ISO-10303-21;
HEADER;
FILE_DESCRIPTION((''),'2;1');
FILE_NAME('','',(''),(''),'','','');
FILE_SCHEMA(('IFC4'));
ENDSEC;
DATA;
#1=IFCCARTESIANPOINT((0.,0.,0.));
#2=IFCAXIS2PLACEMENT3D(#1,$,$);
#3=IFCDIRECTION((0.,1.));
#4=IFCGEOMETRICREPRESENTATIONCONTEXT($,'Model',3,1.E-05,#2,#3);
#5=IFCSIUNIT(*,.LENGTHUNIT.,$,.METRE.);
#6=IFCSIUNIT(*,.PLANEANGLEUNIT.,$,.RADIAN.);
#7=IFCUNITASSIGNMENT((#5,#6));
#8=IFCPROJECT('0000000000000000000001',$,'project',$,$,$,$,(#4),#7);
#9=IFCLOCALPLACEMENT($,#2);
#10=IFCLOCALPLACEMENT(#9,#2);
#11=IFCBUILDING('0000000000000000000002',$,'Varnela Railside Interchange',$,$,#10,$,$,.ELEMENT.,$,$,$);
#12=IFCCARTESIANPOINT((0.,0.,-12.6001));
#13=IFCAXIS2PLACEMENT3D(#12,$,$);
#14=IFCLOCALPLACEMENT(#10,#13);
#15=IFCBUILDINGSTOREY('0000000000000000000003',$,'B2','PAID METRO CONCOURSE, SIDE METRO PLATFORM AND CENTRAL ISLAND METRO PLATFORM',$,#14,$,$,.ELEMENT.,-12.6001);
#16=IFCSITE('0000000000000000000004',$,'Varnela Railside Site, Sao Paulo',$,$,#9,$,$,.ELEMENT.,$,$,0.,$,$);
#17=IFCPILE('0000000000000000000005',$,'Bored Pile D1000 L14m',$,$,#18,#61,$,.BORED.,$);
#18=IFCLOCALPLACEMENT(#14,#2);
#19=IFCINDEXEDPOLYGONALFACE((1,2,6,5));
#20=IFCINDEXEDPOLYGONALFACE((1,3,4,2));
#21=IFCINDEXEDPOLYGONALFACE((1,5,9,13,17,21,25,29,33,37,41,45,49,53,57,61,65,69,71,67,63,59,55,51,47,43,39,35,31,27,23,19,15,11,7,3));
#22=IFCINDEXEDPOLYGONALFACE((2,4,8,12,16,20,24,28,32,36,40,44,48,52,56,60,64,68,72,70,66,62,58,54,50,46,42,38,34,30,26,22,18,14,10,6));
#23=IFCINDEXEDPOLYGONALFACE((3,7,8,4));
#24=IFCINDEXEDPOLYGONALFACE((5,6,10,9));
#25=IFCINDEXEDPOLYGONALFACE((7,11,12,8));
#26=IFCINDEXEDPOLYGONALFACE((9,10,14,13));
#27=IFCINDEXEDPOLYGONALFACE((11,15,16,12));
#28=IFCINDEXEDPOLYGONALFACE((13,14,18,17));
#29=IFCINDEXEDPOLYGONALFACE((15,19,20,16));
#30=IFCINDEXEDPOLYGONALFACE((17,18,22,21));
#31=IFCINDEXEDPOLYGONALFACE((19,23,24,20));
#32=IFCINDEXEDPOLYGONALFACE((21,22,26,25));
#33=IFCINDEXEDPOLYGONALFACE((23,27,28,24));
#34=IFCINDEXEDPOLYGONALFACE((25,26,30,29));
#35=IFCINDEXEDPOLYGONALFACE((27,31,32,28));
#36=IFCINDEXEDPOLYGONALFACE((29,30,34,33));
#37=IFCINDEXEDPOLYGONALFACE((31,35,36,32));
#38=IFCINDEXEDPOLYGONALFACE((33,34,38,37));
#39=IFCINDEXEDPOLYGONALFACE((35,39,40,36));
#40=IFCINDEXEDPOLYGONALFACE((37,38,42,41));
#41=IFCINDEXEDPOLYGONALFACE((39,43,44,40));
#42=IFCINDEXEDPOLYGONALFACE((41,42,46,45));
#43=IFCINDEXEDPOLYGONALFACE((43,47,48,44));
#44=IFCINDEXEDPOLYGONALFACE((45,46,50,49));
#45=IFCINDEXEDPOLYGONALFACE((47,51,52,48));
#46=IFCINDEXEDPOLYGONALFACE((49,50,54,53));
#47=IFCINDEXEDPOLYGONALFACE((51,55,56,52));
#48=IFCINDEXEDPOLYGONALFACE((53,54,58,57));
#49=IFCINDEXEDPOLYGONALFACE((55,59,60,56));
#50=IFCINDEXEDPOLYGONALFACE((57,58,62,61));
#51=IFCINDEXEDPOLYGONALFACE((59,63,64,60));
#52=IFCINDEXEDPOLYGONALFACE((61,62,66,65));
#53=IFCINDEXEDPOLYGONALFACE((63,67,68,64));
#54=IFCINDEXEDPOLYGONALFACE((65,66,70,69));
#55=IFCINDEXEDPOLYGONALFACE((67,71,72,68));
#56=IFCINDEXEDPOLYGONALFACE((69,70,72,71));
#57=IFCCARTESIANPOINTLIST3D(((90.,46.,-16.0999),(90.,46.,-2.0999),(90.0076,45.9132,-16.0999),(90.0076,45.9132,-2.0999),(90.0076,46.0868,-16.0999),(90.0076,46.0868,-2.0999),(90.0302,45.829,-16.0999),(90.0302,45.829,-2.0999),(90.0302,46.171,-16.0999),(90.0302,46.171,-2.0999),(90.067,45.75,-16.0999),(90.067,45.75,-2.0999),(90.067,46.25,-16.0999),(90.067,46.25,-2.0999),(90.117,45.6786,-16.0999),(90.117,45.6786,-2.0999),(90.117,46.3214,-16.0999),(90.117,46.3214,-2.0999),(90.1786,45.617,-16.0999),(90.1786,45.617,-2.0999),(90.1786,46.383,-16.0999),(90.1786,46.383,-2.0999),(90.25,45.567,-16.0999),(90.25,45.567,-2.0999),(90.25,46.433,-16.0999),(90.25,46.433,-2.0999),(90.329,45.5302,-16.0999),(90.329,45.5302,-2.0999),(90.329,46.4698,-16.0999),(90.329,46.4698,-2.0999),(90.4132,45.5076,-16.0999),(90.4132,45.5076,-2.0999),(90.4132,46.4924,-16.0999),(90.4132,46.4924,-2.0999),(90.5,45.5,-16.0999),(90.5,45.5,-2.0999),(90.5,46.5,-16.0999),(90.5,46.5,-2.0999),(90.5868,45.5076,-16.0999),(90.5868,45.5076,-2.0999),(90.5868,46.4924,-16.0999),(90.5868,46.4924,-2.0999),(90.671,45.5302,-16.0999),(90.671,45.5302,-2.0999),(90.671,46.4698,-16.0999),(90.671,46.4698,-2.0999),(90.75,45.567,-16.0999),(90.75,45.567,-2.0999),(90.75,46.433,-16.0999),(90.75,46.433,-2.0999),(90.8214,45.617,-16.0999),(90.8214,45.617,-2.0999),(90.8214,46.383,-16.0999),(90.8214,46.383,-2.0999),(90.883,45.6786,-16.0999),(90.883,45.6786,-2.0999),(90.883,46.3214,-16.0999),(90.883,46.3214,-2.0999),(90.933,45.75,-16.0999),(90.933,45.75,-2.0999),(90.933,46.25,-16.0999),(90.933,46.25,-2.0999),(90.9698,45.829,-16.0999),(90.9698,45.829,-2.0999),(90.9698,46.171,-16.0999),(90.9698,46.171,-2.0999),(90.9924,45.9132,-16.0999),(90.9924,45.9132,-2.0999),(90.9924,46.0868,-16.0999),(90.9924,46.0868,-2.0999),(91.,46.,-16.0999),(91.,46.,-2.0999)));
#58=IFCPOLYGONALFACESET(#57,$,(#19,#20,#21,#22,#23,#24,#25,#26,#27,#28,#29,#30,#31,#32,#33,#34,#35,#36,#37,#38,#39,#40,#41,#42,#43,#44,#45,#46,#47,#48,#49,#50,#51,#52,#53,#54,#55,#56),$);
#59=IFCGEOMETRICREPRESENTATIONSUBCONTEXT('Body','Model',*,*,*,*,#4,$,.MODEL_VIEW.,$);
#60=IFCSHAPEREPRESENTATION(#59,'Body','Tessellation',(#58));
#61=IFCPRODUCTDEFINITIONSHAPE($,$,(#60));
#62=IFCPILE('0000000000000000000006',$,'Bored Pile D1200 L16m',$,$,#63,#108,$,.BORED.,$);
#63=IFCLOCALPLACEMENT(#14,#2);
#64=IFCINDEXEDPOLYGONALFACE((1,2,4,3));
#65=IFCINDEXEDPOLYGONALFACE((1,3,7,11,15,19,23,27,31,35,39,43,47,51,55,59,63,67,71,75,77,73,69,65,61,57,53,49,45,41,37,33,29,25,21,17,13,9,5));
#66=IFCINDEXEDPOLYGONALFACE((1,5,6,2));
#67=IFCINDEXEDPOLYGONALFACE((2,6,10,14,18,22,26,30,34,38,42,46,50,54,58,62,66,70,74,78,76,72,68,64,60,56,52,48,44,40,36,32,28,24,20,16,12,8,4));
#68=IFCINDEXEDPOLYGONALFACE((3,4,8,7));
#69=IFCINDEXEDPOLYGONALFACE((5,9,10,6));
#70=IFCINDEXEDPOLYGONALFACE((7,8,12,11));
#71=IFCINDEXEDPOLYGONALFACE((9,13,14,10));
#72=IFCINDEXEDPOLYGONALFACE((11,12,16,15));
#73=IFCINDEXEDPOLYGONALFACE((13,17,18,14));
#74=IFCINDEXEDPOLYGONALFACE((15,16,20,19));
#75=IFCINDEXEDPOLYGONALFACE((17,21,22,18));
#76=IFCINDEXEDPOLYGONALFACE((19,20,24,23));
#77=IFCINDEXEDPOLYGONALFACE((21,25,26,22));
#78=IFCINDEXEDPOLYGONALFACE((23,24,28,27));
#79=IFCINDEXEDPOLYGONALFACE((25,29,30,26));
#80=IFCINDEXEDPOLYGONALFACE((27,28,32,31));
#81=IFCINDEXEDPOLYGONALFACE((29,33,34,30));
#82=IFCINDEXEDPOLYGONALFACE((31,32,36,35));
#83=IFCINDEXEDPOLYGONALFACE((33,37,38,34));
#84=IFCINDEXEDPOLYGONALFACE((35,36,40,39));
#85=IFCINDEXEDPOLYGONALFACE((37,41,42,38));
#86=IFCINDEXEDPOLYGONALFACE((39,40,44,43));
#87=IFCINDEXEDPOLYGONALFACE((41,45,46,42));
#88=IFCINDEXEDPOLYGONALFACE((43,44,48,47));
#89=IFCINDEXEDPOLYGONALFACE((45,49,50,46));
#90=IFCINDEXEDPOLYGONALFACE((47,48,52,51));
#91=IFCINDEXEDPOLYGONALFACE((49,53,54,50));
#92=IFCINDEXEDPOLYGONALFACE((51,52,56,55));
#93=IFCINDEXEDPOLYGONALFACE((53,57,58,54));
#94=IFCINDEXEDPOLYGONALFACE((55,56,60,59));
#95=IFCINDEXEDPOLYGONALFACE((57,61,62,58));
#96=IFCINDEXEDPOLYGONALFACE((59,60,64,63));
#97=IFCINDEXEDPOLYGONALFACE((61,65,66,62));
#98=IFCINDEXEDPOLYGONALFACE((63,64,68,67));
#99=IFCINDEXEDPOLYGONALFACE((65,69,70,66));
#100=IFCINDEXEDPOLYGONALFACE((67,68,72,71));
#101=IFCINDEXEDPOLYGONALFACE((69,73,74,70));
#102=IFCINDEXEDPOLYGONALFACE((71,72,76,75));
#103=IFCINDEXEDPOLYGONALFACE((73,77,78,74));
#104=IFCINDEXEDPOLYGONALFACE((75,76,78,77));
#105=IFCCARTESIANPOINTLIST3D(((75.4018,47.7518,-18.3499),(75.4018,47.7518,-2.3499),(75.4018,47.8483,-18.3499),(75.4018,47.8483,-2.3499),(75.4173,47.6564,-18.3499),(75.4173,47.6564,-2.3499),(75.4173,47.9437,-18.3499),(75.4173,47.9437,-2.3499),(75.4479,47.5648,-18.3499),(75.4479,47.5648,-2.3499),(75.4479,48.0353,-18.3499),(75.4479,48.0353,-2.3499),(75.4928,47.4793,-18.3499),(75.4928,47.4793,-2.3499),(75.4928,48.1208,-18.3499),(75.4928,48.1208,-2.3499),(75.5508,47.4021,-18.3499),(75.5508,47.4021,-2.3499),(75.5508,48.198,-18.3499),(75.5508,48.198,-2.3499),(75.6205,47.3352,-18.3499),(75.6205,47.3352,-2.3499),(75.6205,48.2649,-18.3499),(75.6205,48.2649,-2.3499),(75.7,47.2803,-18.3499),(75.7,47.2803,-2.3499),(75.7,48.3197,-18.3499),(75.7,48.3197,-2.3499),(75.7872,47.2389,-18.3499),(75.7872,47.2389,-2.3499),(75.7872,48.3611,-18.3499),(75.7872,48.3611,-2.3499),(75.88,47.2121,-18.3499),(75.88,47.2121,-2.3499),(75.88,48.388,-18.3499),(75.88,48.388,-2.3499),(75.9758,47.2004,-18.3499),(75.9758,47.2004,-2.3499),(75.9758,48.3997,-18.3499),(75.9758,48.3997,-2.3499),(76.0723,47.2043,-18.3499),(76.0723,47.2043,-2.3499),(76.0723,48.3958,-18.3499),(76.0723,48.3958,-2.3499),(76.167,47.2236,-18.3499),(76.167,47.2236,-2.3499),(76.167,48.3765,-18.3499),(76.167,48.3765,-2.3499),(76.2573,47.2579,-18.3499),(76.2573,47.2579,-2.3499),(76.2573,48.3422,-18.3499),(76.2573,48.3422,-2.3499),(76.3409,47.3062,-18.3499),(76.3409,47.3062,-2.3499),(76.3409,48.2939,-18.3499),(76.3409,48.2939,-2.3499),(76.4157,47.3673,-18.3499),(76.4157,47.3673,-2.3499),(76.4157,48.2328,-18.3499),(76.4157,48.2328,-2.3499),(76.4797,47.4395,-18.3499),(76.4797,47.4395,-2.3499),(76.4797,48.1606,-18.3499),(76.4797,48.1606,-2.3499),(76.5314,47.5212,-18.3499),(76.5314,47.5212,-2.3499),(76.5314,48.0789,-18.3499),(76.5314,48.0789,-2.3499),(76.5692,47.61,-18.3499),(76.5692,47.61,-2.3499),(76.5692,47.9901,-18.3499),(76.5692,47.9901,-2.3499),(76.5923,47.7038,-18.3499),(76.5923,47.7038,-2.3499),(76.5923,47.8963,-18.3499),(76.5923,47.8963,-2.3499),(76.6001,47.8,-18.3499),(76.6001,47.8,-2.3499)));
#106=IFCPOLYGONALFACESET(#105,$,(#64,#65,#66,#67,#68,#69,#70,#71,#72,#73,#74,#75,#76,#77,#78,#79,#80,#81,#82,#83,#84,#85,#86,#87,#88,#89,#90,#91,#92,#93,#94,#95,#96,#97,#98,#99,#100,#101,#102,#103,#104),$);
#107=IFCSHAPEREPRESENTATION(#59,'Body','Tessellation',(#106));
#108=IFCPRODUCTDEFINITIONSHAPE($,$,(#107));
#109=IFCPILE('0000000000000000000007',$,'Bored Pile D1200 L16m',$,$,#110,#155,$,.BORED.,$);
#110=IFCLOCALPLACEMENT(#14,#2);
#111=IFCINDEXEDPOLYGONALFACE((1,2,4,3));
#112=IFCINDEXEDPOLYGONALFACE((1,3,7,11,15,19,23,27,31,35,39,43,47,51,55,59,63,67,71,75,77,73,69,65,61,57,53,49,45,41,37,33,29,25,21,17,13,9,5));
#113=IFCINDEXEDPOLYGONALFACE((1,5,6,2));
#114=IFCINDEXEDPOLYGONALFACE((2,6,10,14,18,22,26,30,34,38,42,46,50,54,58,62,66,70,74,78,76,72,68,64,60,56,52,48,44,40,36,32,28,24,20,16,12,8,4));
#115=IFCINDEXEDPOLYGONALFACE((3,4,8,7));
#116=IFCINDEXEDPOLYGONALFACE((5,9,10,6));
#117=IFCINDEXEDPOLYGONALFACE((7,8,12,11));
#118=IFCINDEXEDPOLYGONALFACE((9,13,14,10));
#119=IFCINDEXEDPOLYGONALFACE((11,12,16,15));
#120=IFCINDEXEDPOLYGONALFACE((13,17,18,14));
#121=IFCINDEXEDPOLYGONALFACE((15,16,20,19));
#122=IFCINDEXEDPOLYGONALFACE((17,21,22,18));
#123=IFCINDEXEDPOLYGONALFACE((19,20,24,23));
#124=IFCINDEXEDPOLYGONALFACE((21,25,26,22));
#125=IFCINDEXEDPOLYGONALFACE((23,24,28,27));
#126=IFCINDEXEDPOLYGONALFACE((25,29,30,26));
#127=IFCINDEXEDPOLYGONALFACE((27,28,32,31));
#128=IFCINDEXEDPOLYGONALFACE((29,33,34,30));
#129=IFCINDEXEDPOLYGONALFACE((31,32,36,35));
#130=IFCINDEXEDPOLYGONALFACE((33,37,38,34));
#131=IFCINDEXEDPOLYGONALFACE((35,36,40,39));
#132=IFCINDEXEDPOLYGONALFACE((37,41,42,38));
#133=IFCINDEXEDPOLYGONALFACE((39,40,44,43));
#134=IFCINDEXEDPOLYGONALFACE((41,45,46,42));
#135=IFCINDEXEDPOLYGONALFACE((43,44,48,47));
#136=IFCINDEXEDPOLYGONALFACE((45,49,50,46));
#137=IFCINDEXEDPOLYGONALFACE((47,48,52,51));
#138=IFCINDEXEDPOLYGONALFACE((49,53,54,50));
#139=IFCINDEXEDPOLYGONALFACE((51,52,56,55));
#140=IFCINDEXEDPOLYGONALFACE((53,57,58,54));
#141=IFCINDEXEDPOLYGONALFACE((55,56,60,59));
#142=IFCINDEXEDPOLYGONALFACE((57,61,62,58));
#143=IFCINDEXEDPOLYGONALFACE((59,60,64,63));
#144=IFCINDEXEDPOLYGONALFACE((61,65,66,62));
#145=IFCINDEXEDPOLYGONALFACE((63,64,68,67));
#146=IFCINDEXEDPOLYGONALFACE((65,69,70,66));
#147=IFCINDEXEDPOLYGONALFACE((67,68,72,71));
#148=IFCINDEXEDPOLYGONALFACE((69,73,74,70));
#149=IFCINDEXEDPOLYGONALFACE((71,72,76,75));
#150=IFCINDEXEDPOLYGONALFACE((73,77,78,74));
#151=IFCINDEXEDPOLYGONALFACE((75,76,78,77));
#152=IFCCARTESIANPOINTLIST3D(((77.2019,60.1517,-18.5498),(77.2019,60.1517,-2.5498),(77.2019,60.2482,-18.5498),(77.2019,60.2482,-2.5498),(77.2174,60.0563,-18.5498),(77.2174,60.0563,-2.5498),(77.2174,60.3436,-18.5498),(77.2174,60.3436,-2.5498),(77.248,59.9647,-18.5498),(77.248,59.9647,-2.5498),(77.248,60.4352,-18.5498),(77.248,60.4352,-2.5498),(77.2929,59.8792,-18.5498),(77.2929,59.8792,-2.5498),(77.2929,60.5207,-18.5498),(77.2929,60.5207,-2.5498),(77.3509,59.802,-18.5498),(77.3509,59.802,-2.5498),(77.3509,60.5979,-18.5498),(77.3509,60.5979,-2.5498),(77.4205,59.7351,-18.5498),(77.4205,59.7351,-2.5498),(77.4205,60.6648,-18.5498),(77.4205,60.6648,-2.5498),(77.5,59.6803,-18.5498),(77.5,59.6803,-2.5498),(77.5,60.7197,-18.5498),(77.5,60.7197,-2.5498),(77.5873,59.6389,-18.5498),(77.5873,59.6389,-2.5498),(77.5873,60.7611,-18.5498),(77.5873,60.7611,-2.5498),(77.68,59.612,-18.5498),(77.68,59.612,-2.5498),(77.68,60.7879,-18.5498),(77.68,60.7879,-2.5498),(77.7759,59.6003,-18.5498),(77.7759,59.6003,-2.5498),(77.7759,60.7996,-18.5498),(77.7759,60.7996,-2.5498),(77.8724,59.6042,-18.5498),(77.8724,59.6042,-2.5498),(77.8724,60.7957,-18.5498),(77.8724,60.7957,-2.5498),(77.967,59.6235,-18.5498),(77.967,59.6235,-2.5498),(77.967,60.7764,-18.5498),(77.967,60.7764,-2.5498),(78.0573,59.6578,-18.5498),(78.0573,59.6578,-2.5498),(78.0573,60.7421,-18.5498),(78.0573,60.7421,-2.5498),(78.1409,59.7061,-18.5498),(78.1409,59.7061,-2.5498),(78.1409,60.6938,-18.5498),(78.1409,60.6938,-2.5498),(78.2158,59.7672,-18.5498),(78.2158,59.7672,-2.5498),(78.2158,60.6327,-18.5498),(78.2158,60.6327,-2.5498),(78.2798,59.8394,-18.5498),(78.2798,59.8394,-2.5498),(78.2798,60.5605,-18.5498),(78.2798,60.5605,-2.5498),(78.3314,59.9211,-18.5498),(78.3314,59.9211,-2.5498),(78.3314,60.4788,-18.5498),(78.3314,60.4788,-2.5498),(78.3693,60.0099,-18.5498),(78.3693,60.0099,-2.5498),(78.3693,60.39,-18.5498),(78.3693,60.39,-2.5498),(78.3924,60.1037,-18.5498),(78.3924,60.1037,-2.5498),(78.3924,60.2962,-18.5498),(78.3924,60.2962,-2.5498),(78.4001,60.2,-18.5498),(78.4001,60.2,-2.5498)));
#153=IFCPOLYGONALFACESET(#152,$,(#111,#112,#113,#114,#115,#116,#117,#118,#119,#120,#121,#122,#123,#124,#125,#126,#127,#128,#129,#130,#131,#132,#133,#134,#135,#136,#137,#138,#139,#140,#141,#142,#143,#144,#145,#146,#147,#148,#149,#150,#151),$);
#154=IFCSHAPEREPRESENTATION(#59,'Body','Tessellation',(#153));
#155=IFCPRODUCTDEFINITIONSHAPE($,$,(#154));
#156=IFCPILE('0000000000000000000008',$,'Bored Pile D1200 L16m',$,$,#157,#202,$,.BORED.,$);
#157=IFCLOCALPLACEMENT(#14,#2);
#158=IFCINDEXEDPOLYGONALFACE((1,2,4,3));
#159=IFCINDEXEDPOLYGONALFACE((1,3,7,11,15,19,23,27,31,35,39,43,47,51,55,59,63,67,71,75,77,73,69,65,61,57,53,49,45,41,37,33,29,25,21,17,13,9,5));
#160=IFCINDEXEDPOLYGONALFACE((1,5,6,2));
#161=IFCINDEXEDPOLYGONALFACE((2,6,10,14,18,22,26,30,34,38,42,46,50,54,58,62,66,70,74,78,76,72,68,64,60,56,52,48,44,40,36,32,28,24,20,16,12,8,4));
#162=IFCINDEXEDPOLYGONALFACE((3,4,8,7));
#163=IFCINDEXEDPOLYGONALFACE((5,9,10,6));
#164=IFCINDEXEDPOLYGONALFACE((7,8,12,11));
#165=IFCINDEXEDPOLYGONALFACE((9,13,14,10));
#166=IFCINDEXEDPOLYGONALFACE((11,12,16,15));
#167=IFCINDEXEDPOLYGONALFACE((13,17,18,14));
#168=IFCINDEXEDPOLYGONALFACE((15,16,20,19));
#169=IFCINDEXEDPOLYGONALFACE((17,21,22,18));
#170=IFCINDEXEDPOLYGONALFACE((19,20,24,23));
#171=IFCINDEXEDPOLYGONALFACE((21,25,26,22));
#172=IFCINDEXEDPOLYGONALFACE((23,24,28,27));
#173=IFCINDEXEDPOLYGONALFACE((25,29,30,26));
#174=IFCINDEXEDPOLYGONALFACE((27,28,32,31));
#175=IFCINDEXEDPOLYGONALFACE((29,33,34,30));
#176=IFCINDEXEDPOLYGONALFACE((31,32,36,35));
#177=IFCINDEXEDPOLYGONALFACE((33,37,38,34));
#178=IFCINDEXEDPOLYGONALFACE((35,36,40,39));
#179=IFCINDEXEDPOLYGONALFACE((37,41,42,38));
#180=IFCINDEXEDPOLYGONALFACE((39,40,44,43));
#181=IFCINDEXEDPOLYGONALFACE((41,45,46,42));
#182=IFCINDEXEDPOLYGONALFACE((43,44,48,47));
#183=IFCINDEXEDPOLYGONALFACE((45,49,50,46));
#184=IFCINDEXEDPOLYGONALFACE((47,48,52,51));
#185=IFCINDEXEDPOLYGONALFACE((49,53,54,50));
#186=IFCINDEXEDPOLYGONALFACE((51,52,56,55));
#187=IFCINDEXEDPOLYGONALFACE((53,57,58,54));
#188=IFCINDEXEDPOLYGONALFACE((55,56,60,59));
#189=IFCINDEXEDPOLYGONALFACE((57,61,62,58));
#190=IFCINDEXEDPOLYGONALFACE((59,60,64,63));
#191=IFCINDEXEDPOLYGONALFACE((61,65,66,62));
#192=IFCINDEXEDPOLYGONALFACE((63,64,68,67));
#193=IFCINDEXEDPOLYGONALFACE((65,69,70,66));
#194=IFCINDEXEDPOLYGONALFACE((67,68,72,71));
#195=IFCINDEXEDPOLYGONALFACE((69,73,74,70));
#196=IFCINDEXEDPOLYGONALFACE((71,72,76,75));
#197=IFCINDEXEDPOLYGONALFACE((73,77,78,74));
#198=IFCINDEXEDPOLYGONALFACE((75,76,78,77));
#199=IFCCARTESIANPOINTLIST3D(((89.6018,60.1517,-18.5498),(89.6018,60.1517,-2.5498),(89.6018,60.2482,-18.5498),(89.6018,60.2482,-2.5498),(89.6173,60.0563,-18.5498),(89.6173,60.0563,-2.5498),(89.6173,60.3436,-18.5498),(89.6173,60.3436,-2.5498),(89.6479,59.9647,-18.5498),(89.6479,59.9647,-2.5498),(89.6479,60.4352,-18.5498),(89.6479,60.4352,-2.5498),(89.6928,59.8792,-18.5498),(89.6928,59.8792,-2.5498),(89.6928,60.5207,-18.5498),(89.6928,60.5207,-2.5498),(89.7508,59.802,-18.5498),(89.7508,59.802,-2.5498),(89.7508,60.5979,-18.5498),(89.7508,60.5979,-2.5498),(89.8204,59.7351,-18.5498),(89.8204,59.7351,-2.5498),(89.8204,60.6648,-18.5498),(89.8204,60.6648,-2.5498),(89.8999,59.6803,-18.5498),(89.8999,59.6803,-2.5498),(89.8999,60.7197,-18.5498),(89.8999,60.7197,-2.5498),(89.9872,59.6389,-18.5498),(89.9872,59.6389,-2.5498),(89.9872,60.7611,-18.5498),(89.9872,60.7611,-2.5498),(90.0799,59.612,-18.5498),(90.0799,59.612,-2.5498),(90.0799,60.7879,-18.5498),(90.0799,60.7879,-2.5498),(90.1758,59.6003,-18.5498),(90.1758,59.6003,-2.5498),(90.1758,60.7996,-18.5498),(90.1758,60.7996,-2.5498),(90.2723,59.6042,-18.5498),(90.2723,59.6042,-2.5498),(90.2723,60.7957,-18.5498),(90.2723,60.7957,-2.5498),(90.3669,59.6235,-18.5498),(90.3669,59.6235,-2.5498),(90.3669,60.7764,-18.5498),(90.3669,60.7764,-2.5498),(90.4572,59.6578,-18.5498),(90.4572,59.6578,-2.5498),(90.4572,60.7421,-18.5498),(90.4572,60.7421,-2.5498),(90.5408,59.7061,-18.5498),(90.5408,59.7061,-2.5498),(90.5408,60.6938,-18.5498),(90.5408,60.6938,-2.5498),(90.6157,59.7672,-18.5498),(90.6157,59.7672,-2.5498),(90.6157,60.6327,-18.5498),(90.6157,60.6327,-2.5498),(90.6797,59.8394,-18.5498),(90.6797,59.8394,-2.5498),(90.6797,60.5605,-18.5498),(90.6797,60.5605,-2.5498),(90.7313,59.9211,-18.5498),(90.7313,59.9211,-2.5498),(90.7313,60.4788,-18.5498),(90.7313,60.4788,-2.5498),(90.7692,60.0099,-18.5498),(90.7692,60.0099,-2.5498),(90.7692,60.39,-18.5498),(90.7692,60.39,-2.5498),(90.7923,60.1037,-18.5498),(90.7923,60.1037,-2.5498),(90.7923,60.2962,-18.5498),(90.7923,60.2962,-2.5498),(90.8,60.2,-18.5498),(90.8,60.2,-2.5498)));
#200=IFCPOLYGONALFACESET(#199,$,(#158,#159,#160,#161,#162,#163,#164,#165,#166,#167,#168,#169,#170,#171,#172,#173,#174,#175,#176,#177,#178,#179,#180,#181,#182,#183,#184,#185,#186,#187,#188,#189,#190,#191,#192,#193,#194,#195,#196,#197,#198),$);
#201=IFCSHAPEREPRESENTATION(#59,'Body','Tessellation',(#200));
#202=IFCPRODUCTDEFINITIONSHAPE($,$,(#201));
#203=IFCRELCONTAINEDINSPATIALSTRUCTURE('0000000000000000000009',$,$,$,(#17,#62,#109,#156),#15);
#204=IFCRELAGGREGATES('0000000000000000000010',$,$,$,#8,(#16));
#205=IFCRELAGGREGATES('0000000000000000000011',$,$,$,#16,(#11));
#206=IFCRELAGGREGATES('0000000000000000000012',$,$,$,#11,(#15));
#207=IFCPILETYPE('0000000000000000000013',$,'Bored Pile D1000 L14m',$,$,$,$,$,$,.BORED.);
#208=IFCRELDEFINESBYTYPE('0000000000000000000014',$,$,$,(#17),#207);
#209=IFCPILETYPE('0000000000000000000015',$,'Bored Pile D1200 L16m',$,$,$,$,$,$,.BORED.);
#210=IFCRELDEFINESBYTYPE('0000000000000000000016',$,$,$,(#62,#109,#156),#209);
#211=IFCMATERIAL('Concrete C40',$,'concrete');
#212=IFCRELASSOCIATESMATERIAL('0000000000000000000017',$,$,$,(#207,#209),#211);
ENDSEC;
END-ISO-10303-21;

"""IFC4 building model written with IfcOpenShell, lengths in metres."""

from ifc_helpers import new_model, si_unit, direction, frame, origin, origin_2d, place, context, subcontext, project, spatial, circle, extrude, material, material_profile, profile_set, type_object, element, save


model = new_model("IFC4")

# Units and contexts
model_context = context("Model", 3, precision=1e-05, world=origin(), true_north=direction((0.0, 1.0)))
body_context = subcontext(model_context, "Body", "Model", "MODEL_VIEW")
ifc_project = project(units=[si_unit("LENGTHUNIT", "METRE"), si_unit("PLANEANGLEUNIT", "RADIAN")], contexts=[model_context])

# Site, building, storey
site_placement = place(None, origin())
site = spatial("IfcSite", under=ifc_project, at=site_placement, Name="Varnela Railside Site, Sao Paulo", CompositionType="ELEMENT", RefElevation=0.0)
building_placement = place(site_placement, origin())
building = spatial("IfcBuilding", under=site, at=building_placement, Name="Varnela Railside Interchange", CompositionType="ELEMENT")
storey_placement = place(building_placement, frame((0.0, 0.0, -12.6001)))
storey = spatial("IfcBuildingStorey", under=building, at=storey_placement, Name="B2", Description="PAID METRO CONCOURSE, SIDE METRO PLATFORM AND CENTRAL ISLAND METRO PLATFORM", CompositionType="ELEMENT", Elevation=-12.6001)

# Piles
ifc_material_1 = material(Name="Concrete C40", Category="concrete")
ifc_material_profile_1 = material_profile(ifc_material_1, circle(Radius=0.5, at=origin_2d()), Name="BORED PILE D1000")
ifc_profile_set_1 = profile_set([ifc_material_profile_1], Name="Concrete C40")
pile_type_1 = type_object("IfcPileType", Name="Bored Pile D1000 L14m", PredefinedType="BORED", material=ifc_profile_set_1)
for number, where, z_axis, x_axis, name in (
    (1, (90.5, 46.0, -2.0999), (0.0, 0.0, -1.0), (1.0, 0.0, 0.0), "Bored Pile D1000 L14m"),
):
    element("IfcPile", number, at=place(storey_placement, frame(where, z_axis=z_axis, x_axis=x_axis)), inside=storey, type_object=pile_type_1, Name=name, PredefinedType="BORED", context=body_context, shape_type="SweptSolid", body=[
        extrude(circle(Radius=0.5, at=origin_2d()), origin(), (0.0, 0.0, 1.0), 14.0),
    ])
ifc_material_profile_2 = material_profile(ifc_material_1, circle(Radius=0.6001, at=origin_2d()), Name="BORED PILE D1200")
ifc_profile_set_2 = profile_set([ifc_material_profile_2], Name="Concrete C40")
pile_type_2 = type_object("IfcPileType", Name="Bored Pile D1200 L16m", PredefinedType="BORED", material=ifc_profile_set_2)
for number, where, z_axis, x_axis, name in (
    (2, (76.0, 47.8, -2.3499), (0.0, 0.0, -1.0), (1.0, 0.0, 0.0), "Bored Pile D1200 L16m"),
    (3, (77.8, 60.2, -2.5498), (0.0, 0.0, -1.0), (1.0, 0.0, 0.0), "Bored Pile D1200 L16m"),
    (4, (90.2, 60.2, -2.5498), (0.0, 0.0, -1.0), (1.0, 0.0, 0.0), "Bored Pile D1200 L16m"),
):
    element("IfcPile", number, at=place(storey_placement, frame(where, z_axis=z_axis, x_axis=x_axis)), inside=storey, type_object=pile_type_2, Name=name, PredefinedType="BORED", context=body_context, shape_type="SweptSolid", body=[
        extrude(circle(Radius=0.6001, at=origin_2d()), origin(), (0.0, 0.0, 1.0), 16.0),
    ])

save(model, "model.ifc")
